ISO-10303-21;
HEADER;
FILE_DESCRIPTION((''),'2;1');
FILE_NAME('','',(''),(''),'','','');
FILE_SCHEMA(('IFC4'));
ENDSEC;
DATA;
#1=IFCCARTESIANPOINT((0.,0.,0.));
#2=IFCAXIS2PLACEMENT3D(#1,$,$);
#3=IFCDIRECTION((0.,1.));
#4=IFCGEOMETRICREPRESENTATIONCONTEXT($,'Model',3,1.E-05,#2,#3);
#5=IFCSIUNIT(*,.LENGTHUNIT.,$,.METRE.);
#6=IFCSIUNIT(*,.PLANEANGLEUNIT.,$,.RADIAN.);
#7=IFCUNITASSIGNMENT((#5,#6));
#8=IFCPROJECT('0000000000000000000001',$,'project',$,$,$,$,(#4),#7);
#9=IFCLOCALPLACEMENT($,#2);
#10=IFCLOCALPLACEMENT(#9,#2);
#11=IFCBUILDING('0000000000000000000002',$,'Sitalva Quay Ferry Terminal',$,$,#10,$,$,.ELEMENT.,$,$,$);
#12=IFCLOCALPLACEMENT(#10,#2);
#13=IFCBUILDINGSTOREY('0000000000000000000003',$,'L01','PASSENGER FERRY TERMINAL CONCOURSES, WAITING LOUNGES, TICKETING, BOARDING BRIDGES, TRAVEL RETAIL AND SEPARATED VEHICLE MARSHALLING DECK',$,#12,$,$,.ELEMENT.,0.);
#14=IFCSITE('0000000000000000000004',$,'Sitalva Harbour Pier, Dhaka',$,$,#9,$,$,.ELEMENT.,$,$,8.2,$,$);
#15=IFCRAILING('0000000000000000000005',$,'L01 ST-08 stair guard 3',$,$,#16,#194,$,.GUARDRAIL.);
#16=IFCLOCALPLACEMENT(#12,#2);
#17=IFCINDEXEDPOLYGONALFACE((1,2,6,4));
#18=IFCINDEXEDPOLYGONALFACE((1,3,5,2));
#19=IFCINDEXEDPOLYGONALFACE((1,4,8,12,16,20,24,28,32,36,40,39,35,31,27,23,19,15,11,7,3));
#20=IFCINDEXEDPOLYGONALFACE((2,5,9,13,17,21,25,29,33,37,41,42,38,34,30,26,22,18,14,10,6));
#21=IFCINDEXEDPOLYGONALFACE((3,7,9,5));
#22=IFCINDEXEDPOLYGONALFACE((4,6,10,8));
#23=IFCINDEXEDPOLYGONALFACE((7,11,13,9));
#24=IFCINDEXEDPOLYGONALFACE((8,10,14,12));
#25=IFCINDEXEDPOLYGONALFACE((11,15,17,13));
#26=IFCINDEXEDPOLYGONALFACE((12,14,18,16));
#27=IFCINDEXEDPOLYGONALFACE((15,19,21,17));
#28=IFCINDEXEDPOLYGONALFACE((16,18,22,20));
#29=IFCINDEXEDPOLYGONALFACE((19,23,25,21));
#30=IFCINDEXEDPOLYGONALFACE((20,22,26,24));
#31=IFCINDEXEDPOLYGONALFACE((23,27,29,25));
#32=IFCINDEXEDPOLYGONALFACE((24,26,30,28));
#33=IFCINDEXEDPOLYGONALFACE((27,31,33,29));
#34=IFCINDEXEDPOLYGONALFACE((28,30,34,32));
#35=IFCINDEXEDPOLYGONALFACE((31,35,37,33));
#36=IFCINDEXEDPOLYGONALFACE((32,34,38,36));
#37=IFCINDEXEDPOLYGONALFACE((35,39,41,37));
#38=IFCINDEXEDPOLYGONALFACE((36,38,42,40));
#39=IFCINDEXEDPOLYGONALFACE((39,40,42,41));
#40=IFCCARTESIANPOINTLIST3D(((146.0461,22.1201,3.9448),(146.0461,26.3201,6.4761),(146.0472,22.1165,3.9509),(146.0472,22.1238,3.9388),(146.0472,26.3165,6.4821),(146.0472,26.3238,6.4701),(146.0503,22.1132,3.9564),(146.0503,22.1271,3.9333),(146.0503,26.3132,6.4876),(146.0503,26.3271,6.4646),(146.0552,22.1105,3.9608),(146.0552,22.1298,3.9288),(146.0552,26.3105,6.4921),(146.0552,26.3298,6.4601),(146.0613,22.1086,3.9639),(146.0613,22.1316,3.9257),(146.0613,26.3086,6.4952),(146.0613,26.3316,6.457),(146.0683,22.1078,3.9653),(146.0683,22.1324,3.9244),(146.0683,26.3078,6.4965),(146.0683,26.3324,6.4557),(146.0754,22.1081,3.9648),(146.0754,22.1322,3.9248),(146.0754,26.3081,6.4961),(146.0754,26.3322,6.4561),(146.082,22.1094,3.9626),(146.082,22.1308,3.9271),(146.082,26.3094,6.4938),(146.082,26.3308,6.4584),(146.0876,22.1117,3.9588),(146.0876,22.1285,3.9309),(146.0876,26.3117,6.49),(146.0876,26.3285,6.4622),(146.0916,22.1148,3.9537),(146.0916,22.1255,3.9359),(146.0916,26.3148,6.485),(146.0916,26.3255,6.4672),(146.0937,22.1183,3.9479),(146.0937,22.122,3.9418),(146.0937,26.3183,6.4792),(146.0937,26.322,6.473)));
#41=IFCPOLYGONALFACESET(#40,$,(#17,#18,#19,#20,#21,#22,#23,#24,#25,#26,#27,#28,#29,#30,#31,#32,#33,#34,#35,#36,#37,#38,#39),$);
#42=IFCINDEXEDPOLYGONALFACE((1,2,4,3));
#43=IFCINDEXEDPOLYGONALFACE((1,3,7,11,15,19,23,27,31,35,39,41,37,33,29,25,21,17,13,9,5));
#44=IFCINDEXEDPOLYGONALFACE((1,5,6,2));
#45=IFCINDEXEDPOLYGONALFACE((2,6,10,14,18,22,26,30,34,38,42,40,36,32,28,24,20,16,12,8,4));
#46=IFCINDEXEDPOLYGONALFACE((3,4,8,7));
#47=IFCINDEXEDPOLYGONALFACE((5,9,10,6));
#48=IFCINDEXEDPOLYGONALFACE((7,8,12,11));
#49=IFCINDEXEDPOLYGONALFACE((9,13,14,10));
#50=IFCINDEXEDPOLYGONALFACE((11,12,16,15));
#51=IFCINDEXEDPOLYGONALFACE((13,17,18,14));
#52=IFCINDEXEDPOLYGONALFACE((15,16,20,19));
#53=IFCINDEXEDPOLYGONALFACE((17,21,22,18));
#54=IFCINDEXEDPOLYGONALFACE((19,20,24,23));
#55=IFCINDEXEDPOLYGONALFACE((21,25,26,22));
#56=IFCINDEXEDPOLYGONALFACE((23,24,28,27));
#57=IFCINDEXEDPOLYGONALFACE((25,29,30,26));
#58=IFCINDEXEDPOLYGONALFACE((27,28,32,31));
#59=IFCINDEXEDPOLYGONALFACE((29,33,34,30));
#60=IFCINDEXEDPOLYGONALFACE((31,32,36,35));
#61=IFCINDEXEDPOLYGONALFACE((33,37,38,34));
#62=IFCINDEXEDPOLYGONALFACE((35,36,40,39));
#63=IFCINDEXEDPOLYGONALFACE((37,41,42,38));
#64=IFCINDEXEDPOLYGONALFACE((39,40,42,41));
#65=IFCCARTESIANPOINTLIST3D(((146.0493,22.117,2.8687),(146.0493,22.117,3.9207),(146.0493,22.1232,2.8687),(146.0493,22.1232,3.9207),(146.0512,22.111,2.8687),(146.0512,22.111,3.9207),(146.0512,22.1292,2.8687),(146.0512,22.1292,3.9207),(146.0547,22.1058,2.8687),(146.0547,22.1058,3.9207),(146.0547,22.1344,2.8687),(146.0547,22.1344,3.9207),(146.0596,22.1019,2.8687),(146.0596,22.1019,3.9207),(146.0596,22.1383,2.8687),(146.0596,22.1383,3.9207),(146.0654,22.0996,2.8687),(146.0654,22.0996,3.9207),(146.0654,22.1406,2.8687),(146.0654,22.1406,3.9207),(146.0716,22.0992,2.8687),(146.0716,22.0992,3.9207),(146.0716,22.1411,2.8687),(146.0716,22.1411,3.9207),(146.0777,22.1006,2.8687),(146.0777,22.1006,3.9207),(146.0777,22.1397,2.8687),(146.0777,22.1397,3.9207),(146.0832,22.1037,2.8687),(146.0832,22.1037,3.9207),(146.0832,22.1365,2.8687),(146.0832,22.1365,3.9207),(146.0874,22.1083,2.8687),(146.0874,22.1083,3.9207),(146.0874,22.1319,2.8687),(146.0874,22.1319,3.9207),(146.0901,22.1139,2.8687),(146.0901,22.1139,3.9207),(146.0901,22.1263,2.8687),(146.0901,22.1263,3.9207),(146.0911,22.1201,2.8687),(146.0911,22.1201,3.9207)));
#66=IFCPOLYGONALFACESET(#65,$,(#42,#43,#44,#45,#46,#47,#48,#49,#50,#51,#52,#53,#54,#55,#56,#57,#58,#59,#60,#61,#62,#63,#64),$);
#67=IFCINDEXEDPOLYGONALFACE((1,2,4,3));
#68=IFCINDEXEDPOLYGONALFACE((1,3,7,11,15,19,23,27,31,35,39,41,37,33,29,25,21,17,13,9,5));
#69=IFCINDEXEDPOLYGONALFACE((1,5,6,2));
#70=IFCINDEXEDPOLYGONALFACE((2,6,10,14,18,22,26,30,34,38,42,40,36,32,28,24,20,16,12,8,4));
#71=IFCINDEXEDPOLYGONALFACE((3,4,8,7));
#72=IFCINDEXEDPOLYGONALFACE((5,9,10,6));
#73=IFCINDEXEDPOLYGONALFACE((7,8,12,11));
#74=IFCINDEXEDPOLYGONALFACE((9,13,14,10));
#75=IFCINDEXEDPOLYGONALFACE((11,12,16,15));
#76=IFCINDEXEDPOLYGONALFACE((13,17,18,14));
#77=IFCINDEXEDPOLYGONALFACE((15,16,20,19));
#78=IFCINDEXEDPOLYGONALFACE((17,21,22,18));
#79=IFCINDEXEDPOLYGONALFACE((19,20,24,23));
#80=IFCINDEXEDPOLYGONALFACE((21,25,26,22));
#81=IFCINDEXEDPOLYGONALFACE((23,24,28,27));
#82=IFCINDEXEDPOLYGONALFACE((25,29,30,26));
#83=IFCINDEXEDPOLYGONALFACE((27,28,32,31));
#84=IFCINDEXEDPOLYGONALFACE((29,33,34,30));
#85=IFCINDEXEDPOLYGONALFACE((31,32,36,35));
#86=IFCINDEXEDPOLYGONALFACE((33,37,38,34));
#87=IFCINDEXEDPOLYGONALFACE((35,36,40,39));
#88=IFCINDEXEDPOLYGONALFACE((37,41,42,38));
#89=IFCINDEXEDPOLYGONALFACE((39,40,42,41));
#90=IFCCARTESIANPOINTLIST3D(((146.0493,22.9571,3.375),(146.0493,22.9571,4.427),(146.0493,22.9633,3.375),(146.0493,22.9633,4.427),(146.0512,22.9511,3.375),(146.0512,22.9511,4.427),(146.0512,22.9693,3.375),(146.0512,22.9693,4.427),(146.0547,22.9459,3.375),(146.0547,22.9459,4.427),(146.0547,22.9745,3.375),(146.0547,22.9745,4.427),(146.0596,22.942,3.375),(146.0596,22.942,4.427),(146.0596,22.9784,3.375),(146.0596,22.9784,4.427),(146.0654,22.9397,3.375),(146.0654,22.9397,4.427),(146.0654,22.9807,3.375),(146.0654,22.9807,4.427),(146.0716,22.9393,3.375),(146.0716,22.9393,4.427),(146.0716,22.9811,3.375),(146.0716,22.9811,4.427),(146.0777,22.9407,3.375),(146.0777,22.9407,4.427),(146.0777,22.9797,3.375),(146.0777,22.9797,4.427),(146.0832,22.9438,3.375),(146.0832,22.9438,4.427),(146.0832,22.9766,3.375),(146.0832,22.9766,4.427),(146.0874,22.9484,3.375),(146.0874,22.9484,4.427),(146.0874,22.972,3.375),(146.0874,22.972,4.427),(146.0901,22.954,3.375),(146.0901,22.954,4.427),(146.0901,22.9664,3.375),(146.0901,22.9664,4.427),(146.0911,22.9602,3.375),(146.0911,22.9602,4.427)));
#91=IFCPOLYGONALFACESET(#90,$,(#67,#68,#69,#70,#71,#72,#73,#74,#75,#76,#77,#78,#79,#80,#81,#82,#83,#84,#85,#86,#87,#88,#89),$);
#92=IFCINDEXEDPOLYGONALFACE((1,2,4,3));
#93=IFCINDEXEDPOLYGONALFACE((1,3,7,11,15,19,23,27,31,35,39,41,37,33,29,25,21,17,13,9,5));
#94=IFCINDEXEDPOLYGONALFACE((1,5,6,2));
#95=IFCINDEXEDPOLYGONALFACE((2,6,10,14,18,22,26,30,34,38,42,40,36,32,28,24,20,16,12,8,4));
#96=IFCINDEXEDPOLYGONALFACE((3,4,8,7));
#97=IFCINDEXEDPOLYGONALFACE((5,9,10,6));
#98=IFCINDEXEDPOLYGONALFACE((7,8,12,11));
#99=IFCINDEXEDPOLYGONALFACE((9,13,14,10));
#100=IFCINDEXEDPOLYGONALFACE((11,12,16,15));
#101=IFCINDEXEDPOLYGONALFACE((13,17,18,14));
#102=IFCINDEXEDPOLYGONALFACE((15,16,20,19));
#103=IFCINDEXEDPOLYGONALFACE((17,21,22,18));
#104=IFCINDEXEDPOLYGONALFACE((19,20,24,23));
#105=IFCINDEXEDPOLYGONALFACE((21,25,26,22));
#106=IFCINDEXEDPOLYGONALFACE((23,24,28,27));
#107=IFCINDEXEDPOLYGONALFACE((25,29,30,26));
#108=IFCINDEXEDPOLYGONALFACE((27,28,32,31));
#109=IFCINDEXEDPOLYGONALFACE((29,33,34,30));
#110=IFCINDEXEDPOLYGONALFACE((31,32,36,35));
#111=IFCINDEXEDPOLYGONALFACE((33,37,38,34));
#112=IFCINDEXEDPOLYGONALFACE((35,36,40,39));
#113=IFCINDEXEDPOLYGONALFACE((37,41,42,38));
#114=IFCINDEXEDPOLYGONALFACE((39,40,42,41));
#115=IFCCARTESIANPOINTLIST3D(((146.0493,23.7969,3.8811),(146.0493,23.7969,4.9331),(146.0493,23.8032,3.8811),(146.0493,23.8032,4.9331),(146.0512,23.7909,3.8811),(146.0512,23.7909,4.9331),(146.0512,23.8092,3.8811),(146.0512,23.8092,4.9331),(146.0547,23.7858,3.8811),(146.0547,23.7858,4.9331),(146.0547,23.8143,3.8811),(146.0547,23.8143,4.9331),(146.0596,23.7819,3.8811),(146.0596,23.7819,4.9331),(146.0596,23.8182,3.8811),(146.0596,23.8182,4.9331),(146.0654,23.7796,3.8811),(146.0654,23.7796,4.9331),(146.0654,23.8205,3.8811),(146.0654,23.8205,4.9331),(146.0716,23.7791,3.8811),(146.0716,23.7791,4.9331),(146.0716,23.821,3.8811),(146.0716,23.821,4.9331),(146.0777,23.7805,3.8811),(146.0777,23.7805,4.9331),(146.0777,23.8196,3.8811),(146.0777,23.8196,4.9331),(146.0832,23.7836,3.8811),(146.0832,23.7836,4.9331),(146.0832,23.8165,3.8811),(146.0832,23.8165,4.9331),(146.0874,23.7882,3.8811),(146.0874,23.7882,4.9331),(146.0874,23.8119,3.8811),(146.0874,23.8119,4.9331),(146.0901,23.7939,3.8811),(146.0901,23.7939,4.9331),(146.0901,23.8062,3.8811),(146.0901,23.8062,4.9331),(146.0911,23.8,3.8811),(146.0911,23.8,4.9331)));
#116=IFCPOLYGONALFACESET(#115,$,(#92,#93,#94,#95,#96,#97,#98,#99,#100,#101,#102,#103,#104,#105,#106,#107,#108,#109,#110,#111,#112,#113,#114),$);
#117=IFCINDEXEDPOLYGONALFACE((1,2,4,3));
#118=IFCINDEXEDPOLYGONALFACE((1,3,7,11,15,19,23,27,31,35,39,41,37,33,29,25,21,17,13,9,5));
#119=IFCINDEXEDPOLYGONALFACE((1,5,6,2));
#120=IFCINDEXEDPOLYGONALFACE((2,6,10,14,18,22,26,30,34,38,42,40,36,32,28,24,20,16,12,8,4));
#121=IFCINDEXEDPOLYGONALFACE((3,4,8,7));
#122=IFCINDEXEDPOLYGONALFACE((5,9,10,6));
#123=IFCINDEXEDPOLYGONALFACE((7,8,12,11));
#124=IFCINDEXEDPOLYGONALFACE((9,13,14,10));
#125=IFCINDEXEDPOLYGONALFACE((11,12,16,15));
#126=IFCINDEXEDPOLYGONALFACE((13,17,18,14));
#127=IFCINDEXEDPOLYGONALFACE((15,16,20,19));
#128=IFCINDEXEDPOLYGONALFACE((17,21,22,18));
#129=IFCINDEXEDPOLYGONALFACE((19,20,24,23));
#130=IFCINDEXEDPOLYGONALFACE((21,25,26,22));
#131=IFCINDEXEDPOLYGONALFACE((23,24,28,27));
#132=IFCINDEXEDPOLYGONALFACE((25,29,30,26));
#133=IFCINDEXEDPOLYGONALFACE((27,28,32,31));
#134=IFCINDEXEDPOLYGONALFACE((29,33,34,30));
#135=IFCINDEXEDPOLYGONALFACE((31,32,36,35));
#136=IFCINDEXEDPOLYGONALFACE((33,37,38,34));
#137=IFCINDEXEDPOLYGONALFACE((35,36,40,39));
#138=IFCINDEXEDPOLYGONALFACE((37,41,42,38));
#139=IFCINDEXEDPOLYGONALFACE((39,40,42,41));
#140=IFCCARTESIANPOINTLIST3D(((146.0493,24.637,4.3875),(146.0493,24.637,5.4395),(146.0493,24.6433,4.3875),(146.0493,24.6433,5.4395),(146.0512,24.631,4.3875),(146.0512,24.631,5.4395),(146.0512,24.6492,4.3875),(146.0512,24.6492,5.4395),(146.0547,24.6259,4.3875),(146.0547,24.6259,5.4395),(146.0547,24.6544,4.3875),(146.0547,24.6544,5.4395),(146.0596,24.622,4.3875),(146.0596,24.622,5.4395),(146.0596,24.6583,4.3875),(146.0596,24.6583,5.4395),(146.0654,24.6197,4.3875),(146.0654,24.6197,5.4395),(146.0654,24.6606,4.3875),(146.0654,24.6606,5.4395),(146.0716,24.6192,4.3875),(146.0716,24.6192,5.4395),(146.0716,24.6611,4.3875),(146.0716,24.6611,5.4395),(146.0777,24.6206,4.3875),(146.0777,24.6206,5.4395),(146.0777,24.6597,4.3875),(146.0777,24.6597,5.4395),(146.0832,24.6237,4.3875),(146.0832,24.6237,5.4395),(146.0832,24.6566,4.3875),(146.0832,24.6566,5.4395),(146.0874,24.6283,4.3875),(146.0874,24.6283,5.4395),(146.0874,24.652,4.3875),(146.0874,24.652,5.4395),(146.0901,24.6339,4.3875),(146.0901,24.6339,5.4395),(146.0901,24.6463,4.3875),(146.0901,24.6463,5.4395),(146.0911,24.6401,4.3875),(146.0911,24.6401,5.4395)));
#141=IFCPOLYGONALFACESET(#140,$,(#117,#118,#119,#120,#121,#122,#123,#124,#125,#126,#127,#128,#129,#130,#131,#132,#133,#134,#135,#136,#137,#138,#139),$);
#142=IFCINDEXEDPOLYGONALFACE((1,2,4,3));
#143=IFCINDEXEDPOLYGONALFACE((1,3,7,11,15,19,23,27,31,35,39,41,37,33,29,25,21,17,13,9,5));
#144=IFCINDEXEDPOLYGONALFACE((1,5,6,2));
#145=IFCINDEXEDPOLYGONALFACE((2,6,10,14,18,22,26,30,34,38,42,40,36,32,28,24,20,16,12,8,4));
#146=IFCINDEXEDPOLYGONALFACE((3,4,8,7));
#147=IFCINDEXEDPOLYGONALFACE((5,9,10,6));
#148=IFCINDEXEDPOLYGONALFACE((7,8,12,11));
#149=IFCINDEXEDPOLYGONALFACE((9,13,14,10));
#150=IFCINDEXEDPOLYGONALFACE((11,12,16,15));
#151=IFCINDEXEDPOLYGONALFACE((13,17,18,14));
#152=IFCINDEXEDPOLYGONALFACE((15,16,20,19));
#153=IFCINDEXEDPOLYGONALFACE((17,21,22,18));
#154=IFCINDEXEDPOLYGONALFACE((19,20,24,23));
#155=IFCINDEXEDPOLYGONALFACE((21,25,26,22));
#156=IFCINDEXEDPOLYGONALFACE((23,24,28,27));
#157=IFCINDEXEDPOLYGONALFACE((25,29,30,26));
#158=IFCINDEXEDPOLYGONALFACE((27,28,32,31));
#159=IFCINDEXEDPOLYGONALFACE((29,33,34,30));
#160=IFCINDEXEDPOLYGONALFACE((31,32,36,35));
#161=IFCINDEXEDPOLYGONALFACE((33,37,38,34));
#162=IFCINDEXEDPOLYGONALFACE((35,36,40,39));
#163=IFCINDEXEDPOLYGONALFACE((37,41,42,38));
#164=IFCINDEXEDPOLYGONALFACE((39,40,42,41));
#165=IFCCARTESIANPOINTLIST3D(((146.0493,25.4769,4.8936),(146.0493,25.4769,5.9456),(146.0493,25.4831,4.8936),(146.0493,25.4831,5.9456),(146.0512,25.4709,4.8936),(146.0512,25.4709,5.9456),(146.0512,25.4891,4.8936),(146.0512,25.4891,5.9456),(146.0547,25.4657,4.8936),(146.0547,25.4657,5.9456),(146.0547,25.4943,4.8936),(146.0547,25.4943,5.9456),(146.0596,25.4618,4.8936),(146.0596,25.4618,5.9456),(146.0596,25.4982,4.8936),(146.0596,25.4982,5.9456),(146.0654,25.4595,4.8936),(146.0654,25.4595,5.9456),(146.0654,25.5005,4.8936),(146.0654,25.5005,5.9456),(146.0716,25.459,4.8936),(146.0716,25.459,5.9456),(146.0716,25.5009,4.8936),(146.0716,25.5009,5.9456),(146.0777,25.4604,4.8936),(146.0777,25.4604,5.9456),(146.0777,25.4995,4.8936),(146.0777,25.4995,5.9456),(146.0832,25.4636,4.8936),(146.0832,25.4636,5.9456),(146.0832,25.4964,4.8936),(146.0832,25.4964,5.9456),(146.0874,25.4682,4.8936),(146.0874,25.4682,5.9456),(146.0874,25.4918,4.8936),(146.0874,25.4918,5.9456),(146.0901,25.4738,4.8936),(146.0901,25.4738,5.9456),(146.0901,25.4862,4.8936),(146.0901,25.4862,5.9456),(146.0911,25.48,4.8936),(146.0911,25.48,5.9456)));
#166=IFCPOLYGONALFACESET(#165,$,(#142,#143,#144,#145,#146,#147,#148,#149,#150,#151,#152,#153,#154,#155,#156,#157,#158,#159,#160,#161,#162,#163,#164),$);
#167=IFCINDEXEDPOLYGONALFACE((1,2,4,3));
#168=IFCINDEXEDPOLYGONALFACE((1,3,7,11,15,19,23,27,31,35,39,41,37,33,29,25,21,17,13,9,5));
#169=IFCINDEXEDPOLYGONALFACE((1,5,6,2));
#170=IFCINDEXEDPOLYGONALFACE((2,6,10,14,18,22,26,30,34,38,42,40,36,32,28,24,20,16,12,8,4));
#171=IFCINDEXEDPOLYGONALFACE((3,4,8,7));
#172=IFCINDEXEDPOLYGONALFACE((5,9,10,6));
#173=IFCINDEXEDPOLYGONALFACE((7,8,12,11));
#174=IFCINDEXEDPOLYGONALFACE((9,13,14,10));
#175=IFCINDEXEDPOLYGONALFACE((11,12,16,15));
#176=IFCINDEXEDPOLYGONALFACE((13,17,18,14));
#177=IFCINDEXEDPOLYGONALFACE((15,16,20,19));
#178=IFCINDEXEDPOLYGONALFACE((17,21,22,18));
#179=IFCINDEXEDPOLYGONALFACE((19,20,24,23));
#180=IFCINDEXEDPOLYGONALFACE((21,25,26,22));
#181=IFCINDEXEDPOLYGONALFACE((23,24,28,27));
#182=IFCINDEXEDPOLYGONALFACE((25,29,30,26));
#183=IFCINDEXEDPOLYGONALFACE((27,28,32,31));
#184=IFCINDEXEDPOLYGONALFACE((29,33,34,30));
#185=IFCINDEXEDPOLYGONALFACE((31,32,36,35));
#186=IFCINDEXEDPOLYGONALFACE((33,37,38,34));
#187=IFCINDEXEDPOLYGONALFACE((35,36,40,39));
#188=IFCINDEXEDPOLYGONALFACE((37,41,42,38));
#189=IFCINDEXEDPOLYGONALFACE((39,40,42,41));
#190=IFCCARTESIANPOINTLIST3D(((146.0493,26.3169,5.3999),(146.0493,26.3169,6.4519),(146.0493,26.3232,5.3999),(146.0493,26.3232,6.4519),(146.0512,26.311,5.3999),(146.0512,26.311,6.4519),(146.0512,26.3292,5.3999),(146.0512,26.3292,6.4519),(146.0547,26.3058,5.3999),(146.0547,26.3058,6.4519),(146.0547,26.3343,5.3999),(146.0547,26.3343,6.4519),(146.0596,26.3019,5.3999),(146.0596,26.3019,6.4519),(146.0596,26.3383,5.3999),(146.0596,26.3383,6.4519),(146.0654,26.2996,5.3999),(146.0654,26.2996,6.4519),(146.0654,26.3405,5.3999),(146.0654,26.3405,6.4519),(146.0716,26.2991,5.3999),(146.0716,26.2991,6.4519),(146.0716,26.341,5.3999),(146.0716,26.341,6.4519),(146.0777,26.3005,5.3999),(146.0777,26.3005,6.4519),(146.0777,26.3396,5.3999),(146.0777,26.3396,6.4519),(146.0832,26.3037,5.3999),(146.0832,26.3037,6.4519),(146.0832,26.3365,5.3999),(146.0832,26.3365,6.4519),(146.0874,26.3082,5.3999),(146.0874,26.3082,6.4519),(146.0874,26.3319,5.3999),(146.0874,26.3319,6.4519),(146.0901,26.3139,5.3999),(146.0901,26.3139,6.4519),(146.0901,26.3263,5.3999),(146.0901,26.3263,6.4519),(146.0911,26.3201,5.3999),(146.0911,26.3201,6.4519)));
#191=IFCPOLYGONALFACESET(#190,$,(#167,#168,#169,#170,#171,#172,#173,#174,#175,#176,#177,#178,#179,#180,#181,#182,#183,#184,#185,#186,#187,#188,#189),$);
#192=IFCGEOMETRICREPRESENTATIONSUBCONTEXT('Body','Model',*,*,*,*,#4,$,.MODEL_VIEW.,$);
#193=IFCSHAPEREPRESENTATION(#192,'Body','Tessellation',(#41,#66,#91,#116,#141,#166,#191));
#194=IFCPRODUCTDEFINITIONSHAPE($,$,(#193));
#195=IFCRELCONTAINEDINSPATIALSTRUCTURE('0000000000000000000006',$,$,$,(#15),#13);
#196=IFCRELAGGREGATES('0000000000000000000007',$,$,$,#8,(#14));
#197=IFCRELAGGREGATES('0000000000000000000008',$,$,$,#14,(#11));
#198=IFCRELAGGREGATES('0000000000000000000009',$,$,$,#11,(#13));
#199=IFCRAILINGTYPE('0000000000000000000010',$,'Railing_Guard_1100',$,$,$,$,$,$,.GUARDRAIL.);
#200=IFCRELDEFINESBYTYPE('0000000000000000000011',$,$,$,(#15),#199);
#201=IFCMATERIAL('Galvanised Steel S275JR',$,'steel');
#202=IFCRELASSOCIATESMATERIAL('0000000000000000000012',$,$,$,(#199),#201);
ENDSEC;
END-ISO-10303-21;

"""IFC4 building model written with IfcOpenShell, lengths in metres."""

from ifc_helpers import new_model, si_unit, direction, frame, origin, origin_2d, place, context, subcontext, project, spatial, circle, extrude, material, type_object, element, save


model = new_model("IFC4")

# Units and contexts
model_context = context("Model", 3, precision=1e-05, world=origin(), true_north=direction((0.0, 1.0)))
body_context = subcontext(model_context, "Body", "Model", "MODEL_VIEW")
ifc_project = project(units=[si_unit("LENGTHUNIT", "METRE"), si_unit("PLANEANGLEUNIT", "RADIAN")], contexts=[model_context])

# Site, building, storey
site_placement = place(None, origin())
site = spatial("IfcSite", under=ifc_project, at=site_placement, Name="Sitalva Harbour Pier, Dhaka", CompositionType="ELEMENT", RefElevation=8.2)
building_placement = place(site_placement, origin())
building = spatial("IfcBuilding", under=site, at=building_placement, Name="Sitalva Quay Ferry Terminal", CompositionType="ELEMENT")
storey_placement = place(building_placement, origin())
storey = spatial("IfcBuildingStorey", under=building, at=storey_placement, Name="L01", Description="PASSENGER FERRY TERMINAL CONCOURSES, WAITING LOUNGES, TICKETING, BOARDING BRIDGES, TRAVEL RETAIL AND SEPARATED VEHICLE MARSHALLING DECK", CompositionType="ELEMENT", Elevation=0.0)

# Railing
ifc_material_1 = material(Name="Galvanised Steel S275JR", Category="steel")
railing_type_1 = type_object("IfcRailingType", Name="Railing_Guard_1100", PredefinedType="GUARDRAIL", material=ifc_material_1)
railing_1_placement = place(storey_placement, frame((146.0701, 22.1201, 2.8687)))
element("IfcRailing", 1, at=railing_1_placement, inside=storey, type_object=railing_type_1, Name="L01 ST-08 stair guard 3", PredefinedType="GUARDRAIL", context=body_context, shape_type="SweptSolid", body=[
    extrude(circle(Radius=0.0239, at=origin_2d()), frame((0.0, 0.0, 1.0762), z_axis=(0.0, 0.856476, 0.516186), x_axis=(-1.0, 0.0, 0.0)), (0.0, 0.0, 1.0), 4.9038),
    extrude(circle(Radius=0.021, at=origin_2d()), origin(), (0.0, 0.0, 1.0), 1.052),
    extrude(circle(Radius=0.021, at=origin_2d()), frame((0.0, 0.8401, 0.5063)), (0.0, 0.0, 1.0), 1.052),
    extrude(circle(Radius=0.021, at=origin_2d()), frame((0.0, 1.6799, 1.0125)), (0.0, 0.0, 1.0), 1.052),
    extrude(circle(Radius=0.021, at=origin_2d()), frame((0.0, 2.52, 1.5188)), (0.0, 0.0, 1.0), 1.052),
    extrude(circle(Radius=0.021, at=origin_2d()), frame((0.0, 3.3599, 2.0249)), (0.0, 0.0, 1.0), 1.052),
    extrude(circle(Radius=0.021, at=origin_2d()), frame((0.0, 4.2, 2.5312)), (0.0, 0.0, 1.0), 1.052),
])

save(model, "model.ifc")
